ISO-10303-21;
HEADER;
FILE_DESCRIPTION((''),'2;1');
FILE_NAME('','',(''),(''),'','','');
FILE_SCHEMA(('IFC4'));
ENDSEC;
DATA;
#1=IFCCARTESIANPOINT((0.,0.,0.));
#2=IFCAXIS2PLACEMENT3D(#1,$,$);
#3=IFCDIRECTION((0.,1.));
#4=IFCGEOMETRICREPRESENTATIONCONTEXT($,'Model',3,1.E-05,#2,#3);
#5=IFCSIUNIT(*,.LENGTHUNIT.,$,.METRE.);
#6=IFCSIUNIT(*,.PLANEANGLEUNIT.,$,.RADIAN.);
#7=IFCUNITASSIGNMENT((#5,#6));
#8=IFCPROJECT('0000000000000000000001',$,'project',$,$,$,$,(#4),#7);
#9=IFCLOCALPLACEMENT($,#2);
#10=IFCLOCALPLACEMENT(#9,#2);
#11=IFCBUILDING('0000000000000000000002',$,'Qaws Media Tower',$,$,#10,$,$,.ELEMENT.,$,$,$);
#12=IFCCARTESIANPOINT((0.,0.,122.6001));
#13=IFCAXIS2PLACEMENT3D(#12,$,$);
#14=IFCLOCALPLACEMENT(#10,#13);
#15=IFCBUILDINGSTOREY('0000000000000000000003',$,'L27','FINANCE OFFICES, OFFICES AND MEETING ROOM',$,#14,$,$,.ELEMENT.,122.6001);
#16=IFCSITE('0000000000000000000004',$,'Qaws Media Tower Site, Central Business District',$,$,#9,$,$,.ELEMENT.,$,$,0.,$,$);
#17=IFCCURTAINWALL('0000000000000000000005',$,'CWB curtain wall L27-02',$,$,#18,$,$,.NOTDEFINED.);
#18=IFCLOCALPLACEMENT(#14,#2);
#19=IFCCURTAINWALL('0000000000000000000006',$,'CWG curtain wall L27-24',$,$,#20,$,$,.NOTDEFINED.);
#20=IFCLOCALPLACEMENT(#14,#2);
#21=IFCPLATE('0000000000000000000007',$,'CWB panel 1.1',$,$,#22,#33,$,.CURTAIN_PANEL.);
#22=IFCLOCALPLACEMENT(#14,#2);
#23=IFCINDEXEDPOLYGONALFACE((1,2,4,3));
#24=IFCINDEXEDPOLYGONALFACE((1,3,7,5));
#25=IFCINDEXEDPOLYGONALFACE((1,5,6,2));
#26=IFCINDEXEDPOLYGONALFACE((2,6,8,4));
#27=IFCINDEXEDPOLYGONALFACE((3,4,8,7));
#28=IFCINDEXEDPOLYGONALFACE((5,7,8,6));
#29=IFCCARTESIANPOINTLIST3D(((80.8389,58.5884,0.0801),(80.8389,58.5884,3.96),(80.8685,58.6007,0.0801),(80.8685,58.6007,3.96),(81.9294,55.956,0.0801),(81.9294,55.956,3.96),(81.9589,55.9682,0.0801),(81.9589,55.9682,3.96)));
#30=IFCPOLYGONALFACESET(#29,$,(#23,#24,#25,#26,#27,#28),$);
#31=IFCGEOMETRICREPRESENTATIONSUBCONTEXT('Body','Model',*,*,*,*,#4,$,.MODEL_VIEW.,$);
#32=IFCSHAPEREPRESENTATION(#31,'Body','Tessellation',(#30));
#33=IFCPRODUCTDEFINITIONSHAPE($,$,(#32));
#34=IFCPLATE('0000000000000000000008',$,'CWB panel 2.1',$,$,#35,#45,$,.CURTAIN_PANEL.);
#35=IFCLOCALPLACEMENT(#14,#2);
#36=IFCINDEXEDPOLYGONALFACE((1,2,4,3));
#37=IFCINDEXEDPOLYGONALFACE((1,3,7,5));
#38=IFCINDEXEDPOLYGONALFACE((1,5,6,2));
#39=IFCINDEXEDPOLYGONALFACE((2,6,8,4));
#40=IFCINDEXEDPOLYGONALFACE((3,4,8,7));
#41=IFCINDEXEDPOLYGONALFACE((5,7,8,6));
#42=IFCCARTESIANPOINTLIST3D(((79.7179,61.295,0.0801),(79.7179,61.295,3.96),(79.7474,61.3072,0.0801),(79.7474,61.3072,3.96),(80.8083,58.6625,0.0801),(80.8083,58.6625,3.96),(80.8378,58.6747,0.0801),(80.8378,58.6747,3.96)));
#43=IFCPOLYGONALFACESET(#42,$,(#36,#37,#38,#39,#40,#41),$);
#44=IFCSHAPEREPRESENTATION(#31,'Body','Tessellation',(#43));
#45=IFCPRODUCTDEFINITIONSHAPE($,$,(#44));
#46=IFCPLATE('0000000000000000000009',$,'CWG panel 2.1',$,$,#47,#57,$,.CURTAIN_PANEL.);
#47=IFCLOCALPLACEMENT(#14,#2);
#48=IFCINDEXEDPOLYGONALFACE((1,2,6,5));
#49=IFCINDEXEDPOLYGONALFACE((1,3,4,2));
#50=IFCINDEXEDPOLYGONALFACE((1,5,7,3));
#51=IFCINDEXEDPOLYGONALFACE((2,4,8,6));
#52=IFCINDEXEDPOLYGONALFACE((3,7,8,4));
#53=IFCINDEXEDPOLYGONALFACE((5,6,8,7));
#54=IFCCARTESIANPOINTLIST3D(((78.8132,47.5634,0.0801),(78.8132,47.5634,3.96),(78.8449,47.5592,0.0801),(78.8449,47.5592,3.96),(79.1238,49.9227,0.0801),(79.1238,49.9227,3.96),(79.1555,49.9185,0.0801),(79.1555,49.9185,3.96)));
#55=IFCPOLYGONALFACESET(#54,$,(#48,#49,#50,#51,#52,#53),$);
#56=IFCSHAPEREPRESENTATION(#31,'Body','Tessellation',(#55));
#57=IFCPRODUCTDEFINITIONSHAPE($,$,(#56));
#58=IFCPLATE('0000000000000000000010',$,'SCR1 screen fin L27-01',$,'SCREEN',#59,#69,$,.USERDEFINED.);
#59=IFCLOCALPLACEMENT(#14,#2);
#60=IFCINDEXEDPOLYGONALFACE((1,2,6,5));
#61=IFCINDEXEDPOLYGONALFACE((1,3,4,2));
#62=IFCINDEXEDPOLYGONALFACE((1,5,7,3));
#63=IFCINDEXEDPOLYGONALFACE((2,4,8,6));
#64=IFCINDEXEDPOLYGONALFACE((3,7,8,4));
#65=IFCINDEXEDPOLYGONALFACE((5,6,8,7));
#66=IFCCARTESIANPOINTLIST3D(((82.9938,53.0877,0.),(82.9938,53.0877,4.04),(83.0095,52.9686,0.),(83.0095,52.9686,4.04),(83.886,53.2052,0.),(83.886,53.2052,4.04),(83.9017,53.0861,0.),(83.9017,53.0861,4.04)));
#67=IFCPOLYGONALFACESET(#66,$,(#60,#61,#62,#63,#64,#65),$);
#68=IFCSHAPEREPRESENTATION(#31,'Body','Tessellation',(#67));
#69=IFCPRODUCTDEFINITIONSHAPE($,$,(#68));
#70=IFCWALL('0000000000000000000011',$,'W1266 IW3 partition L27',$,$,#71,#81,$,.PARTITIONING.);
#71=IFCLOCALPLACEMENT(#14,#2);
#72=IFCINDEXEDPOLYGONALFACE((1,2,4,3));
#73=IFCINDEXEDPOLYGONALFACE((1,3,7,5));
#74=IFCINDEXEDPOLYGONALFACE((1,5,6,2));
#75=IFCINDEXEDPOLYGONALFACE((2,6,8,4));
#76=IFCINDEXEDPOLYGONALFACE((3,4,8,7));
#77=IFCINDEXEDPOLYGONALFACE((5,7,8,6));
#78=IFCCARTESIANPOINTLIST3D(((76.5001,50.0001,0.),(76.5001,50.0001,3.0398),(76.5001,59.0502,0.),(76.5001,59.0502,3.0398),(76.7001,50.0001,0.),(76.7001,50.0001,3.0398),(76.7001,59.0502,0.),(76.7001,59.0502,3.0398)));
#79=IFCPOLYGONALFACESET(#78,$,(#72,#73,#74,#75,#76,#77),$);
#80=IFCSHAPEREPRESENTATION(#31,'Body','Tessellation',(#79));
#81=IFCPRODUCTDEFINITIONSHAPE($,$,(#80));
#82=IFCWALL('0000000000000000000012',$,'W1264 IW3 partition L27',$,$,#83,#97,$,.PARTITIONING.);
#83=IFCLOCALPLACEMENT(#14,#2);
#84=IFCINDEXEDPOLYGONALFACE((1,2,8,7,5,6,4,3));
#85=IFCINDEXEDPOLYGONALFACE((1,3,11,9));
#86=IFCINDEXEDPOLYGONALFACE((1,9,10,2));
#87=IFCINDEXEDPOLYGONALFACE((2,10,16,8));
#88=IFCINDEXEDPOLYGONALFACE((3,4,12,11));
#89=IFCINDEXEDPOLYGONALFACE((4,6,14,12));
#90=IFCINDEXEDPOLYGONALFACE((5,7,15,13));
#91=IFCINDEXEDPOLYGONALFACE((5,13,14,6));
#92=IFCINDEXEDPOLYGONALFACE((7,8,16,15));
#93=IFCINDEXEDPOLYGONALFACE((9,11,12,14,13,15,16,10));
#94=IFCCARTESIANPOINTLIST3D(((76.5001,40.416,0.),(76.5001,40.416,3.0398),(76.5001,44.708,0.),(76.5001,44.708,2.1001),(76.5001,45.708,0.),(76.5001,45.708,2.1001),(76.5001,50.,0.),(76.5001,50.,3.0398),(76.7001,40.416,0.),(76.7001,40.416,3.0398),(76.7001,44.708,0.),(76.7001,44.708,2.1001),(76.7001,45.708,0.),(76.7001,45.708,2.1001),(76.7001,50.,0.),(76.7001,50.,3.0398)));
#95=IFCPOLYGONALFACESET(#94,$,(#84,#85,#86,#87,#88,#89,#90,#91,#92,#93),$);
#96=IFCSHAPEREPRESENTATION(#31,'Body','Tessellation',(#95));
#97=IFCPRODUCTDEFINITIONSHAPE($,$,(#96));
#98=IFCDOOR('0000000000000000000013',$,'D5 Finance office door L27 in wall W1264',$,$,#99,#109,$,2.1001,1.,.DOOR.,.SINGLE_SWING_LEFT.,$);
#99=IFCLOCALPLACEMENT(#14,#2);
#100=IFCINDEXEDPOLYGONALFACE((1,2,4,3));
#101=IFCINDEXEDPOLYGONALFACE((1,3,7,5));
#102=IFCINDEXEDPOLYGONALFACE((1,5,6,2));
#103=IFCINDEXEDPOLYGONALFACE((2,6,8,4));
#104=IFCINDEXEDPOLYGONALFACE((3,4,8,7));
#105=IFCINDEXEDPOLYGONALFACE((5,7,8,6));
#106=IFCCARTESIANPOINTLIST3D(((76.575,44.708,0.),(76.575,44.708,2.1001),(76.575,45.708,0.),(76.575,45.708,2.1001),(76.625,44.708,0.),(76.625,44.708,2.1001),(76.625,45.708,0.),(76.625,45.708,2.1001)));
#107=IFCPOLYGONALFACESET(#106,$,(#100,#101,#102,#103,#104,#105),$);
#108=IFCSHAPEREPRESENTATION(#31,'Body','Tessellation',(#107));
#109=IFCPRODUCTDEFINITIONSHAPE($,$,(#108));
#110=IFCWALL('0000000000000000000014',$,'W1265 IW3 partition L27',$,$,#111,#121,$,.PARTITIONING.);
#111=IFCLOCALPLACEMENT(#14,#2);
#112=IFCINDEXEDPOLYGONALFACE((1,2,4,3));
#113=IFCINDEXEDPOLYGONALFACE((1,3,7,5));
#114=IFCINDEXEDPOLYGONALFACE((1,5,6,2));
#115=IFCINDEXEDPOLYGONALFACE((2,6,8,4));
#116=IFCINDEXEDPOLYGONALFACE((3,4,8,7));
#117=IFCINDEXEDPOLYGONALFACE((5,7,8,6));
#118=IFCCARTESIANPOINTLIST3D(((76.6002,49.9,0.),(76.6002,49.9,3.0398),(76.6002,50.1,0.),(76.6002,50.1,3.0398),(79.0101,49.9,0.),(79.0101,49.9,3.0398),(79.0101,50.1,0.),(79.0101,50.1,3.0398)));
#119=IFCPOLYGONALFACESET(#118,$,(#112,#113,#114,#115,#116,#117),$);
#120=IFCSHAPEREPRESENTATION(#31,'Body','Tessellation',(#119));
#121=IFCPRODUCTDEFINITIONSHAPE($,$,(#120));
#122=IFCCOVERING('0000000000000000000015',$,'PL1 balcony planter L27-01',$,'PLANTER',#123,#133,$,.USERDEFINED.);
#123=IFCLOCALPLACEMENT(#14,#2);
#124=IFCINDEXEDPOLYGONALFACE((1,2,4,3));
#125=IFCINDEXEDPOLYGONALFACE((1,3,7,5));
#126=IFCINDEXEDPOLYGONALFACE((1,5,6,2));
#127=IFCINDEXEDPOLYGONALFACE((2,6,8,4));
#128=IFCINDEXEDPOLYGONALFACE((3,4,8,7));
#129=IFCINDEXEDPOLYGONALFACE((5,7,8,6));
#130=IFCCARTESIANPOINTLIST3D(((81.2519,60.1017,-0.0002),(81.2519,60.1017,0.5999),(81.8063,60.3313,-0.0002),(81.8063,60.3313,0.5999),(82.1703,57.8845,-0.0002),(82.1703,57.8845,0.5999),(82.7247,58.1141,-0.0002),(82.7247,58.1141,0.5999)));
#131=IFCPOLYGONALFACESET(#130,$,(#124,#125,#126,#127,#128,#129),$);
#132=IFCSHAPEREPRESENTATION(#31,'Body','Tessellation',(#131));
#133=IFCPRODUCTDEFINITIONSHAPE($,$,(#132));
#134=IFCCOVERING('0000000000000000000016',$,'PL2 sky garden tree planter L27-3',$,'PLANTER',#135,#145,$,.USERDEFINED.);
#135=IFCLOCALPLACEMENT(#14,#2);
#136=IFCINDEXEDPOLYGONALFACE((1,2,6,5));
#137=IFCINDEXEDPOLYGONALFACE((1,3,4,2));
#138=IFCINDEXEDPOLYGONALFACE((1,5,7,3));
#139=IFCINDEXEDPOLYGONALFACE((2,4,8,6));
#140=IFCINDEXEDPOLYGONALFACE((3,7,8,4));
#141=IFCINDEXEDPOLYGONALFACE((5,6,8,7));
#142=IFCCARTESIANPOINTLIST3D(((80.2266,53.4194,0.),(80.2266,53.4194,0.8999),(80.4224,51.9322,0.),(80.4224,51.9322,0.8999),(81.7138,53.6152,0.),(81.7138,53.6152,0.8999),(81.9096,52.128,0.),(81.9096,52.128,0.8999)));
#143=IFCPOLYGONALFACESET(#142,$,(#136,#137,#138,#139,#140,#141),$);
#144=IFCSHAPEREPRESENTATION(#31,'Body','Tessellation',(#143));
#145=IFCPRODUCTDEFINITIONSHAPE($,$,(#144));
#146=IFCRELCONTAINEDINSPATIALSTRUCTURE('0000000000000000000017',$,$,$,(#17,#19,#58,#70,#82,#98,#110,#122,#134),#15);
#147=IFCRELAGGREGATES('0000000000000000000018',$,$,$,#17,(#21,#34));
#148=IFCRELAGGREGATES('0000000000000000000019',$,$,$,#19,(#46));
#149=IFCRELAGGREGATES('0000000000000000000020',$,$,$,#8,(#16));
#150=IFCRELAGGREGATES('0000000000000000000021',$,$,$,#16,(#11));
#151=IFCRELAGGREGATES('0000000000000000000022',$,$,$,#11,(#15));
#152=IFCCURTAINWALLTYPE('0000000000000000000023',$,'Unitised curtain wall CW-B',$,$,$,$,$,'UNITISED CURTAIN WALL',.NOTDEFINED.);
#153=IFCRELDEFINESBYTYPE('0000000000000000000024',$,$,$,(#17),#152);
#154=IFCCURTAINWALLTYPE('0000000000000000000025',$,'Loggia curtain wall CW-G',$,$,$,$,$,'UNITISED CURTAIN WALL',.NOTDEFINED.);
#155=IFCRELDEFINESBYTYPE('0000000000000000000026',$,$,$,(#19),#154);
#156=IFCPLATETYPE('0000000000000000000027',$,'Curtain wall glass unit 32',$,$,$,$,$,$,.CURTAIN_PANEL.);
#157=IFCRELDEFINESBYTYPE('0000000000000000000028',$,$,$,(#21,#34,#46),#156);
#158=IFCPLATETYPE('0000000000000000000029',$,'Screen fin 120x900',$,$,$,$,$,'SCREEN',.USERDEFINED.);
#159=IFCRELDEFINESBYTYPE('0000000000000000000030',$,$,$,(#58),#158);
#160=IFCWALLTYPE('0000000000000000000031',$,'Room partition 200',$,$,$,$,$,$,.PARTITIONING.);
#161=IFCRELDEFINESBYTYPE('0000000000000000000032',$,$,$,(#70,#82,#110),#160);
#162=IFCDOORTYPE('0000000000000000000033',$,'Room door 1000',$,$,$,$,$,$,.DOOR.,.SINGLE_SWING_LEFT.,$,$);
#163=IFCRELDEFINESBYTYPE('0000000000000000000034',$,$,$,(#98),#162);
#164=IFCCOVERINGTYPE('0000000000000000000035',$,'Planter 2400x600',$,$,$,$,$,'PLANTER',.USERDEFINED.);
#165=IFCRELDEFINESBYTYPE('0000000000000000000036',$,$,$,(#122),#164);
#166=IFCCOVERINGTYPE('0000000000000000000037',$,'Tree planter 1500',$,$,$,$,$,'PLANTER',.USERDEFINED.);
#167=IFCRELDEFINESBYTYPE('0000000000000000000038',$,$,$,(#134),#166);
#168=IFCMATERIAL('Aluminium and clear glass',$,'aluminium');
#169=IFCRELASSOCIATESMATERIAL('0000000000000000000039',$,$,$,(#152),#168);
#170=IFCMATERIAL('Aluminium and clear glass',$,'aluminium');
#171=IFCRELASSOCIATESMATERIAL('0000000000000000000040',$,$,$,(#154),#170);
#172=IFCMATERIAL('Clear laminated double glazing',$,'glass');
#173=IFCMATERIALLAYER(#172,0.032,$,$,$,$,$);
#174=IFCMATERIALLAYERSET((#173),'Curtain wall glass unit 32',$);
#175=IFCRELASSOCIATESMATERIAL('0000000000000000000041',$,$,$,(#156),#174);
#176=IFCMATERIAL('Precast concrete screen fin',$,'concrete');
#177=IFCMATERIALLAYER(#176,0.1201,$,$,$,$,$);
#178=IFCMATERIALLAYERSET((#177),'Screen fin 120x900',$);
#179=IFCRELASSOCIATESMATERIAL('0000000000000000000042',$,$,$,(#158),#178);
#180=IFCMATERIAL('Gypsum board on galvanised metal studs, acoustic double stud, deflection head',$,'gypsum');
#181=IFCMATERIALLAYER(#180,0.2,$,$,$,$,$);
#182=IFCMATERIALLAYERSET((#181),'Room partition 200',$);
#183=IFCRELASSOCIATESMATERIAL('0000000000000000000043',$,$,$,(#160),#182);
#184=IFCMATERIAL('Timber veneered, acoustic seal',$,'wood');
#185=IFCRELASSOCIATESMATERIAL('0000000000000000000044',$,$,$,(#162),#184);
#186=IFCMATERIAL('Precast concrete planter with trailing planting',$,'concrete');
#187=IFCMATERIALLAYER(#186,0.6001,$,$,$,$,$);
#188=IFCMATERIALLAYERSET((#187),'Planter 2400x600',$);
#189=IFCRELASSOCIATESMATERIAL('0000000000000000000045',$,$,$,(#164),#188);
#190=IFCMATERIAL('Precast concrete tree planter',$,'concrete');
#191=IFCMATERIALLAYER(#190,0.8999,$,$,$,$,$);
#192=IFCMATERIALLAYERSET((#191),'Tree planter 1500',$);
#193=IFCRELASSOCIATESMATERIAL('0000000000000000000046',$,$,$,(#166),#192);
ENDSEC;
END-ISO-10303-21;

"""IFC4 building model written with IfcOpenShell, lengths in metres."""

from ifc_helpers import new_model, si_unit, direction, frame, frame_2d, origin, origin_2d, place, context, subcontext, project, spatial, rectangle, extrude, material, layer, layer_set, type_object, element, fill, aggregate, save


model = new_model("IFC4")

# Units and contexts
model_context = context("Model", 3, precision=1e-05, world=origin(), true_north=direction((0.0, 1.0)))
body_context = subcontext(model_context, "Body", "Model", "MODEL_VIEW")
ifc_project = project(units=[si_unit("LENGTHUNIT", "METRE"), si_unit("PLANEANGLEUNIT", "RADIAN")], contexts=[model_context])

# Site, building, storey
site_placement = place(None, origin())
site = spatial("IfcSite", under=ifc_project, at=site_placement, Name="Qaws Media Tower Site, Central Business District", CompositionType="ELEMENT", RefElevation=0.0)
building_placement = place(site_placement, origin())
building = spatial("IfcBuilding", under=site, at=building_placement, Name="Qaws Media Tower", CompositionType="ELEMENT")
storey_placement = place(building_placement, frame((0.0, 0.0, 122.6001)))
storey = spatial("IfcBuildingStorey", under=building, at=storey_placement, Name="L27", Description="FINANCE OFFICES, OFFICES AND MEETING ROOM", CompositionType="ELEMENT", Elevation=122.6001)

# Curtain wall
ifc_material_1 = material(Name="Aluminium and clear glass", Category="aluminium")
curtain_wall_type_1 = type_object("IfcCurtainWallType", Name="Unitised curtain wall CW-B", ElementType="UNITISED CURTAIN WALL", PredefinedType="NOTDEFINED", material=ifc_material_1)
curtain_wall_1_placement = place(storey_placement, origin())
curtain_wall_1 = element("IfcCurtainWall", 1, at=curtain_wall_1_placement, inside=storey, type_object=curtain_wall_type_1, Name="CWB curtain wall L27-02", PredefinedType="NOTDEFINED")

# Curtain wall
ifc_material_2 = material(Name="Aluminium and clear glass", Category="aluminium")
curtain_wall_type_2 = type_object("IfcCurtainWallType", Name="Loggia curtain wall CW-G", ElementType="UNITISED CURTAIN WALL", PredefinedType="NOTDEFINED", material=ifc_material_2)
curtain_wall_2_placement = place(storey_placement, origin())
curtain_wall_2 = element("IfcCurtainWall", 2, at=curtain_wall_2_placement, inside=storey, type_object=curtain_wall_type_2, Name="CWG curtain wall L27-24", PredefinedType="NOTDEFINED")

# Plates
ifc_material_3 = material(Name="Clear laminated double glazing", Category="glass")
ifc_layer_1 = layer(ifc_material_3, 0.032)
ifc_layer_set_1 = layer_set([ifc_layer_1], Name="Curtain wall glass unit 32")
plate_type_1 = type_object("IfcPlateType", Name="Curtain wall glass unit 32", PredefinedType="CURTAIN_PANEL", material=ifc_layer_set_1)
plate_1_placement = place(storey_placement, frame((81.3989, 57.2783, 0.0801), z_axis=(0.0, 0.0, 1.0), x_axis=(-0.382683, 0.92388, 0.0)))
plate_1 = element("IfcPlate", 3, at=plate_1_placement, type_object=plate_type_1, Name="CWB panel 1.1", PredefinedType="CURTAIN_PANEL", context=body_context, shape_type="SweptSolid", body=[
    extrude(rectangle(XDim=2.8494, YDim=0.032, at=origin_2d()), origin(), (0.0, 0.0, 1.0), 3.8799),
])
plate_2_placement = place(storey_placement, frame((80.2778, 59.9849, 0.0801), z_axis=(0.0, 0.0, 1.0), x_axis=(-0.382683, 0.92388, 0.0)))
plate_2 = element("IfcPlate", 4, at=plate_2_placement, type_object=plate_type_1, Name="CWB panel 2.1", PredefinedType="CURTAIN_PANEL", context=body_context, shape_type="SweptSolid", body=[
    extrude(rectangle(XDim=2.8494, YDim=0.032, at=origin_2d()), origin(), (0.0, 0.0, 1.0), 3.8799),
])
aggregate(curtain_wall_1, [plate_1, plate_2])
plate_3_placement = place(storey_placement, frame((78.9844, 48.741, 0.0801), z_axis=(0.0, 0.0, 1.0), x_axis=(0.130526, 0.991445, 0.0)))
plate_3 = element("IfcPlate", 5, at=plate_3_placement, type_object=plate_type_1, Name="CWG panel 2.1", PredefinedType="CURTAIN_PANEL", context=body_context, shape_type="SweptSolid", body=[
    extrude(rectangle(XDim=2.3796, YDim=0.032, at=origin_2d()), origin(), (0.0, 0.0, 1.0), 3.8799),
])
aggregate(curtain_wall_2, [plate_3])
ifc_material_4 = material(Name="Precast concrete screen fin", Category="concrete")
ifc_layer_2 = layer(ifc_material_4, 0.1201)
ifc_layer_set_2 = layer_set([ifc_layer_2], Name="Screen fin 120x900")
plate_type_2 = type_object("IfcPlateType", Name="Screen fin 120x900", ElementType="SCREEN", PredefinedType="USERDEFINED", material=ifc_layer_set_2)
plate_4_placement = place(storey_placement, frame((83.4478, 53.0869, 0.0), z_axis=(0.0, 0.0, 1.0), x_axis=(0.991445, 0.130526, 0.0)))
element("IfcPlate", 6, at=plate_4_placement, inside=storey, type_object=plate_type_2, Name="SCR1 screen fin L27-01", ObjectType="SCREEN", PredefinedType="USERDEFINED", context=body_context, shape_type="SweptSolid", body=[
    extrude(rectangle(XDim=0.8999, YDim=0.1201, at=origin_2d()), origin(), (0.0, 0.0, 1.0), 4.04),
])

# Wall
ifc_material_5 = material(Name="Gypsum board on galvanised metal studs, acoustic double stud, deflection head", Category="gypsum")
ifc_layer_3 = layer(ifc_material_5, 0.2)
ifc_layer_set_3 = layer_set([ifc_layer_3], Name="Room partition 200")
wall_type_1 = type_object("IfcWallType", Name="Room partition 200", PredefinedType="PARTITIONING", material=ifc_layer_set_3)
wall_1_placement = place(storey_placement, frame((76.6001, 59.05, 0.0), z_axis=(0.0, 0.0, 1.0), x_axis=(0.0, -1.0, 0.0)))
element("IfcWall", 7, at=wall_1_placement, inside=storey, type_object=wall_type_1, Name="W1266 IW3 partition L27", PredefinedType="PARTITIONING", context=body_context, shape_type="SweptSolid", body=[
    extrude(rectangle(XDim=9.05, YDim=0.2, at=frame_2d((4.5249, 0.0))), origin(), (0.0, 0.0, 1.0), 3.0398),
])

# Wall, opening, door
wall_2_placement = place(storey_placement, frame((76.6001, 50.0, 0.0), z_axis=(0.0, 0.0, 1.0), x_axis=(0.0, -1.0, 0.0)))
wall_2 = element("IfcWall", 8, at=wall_2_placement, inside=storey, type_object=wall_type_1, Name="W1264 IW3 partition L27", PredefinedType="PARTITIONING", context=body_context, shape_type="SweptSolid", body=[
    extrude(rectangle(XDim=9.584, YDim=0.2, at=frame_2d((4.792, 0.0))), origin(), (0.0, 0.0, 1.0), 3.0398),
])
opening_1_placement = place(wall_2_placement, frame((4.292, 0.0, 0.0)))
opening_1 = element("IfcOpeningElement", 9, at=opening_1_placement, cuts=wall_2, PredefinedType="OPENING", context=body_context, shape_type="SweptSolid", body=[
    extrude(rectangle(XDim=1.0, YDim=2.1001, at=frame_2d((0.5, 1.05))), frame((0.0, 0.1099, 0.0), z_axis=(0.0, -1.0, 0.0), x_axis=(1.0, 0.0, 0.0)), (0.0, 0.0, 1.0), 0.22),
])
ifc_material_6 = material(Name="Timber veneered, acoustic seal", Category="wood")
door_type_1 = type_object("IfcDoorType", Name="Room door 1000", OperationType="SINGLE_SWING_LEFT", PredefinedType="DOOR", material=ifc_material_6)
door_1_placement = place(opening_1_placement, origin())
door_1 = element("IfcDoor", 10, at=door_1_placement, inside=storey, type_object=door_type_1, Name="D5 Finance office door L27 in wall W1264", OperationType="SINGLE_SWING_LEFT", OverallHeight=2.1001, OverallWidth=1.0, PredefinedType="DOOR", context=body_context, shape_type="SweptSolid", body=[
    extrude(rectangle(XDim=1.0, YDim=2.1001, at=frame_2d((0.5, 1.05))), frame((0.0, 0.0249, 0.0), z_axis=(0.0, -1.0, 0.0), x_axis=(1.0, 0.0, 0.0)), (0.0, 0.0, 1.0), 0.05),
])
fill(opening_1, door_1)

# Wall
wall_3_placement = place(storey_placement, frame((76.6001, 50.0, 0.0), z_axis=(0.0, 0.0, 1.0), x_axis=(1.0, 0.0, 0.0)))
element("IfcWall", 11, at=wall_3_placement, inside=storey, type_object=wall_type_1, Name="W1265 IW3 partition L27", PredefinedType="PARTITIONING", context=body_context, shape_type="SweptSolid", body=[
    extrude(rectangle(XDim=2.4099, YDim=0.2, at=frame_2d((1.2051, 0.0))), origin(), (0.0, 0.0, 1.0), 3.0398),
])

# Coverings
ifc_material_7 = material(Name="Precast concrete planter with trailing planting", Category="concrete")
ifc_layer_4 = layer(ifc_material_7, 0.6001)
ifc_layer_set_4 = layer_set([ifc_layer_4], Name="Planter 2400x600")
covering_type_1 = type_object("IfcCoveringType", Name="Planter 2400x600", ElementType="PLANTER", PredefinedType="USERDEFINED", material=ifc_layer_set_4)
covering_1_placement = place(storey_placement, frame((81.9883, 59.1079, -0.0002), z_axis=(0.0, 0.0, 1.0), x_axis=(-0.382683, 0.92388, 0.0)))
element("IfcCovering", 12, at=covering_1_placement, inside=storey, type_object=covering_type_1, Name="PL1 balcony planter L27-01", ObjectType="PLANTER", PredefinedType="USERDEFINED", context=body_context, shape_type="SweptSolid", body=[
    extrude(rectangle(XDim=2.3999, YDim=0.6001, at=origin_2d()), origin(), (0.0, 0.0, 1.0), 0.6001),
])
ifc_material_8 = material(Name="Precast concrete tree planter", Category="concrete")
ifc_layer_5 = layer(ifc_material_8, 0.8999)
ifc_layer_set_5 = layer_set([ifc_layer_5], Name="Tree planter 1500")
covering_type_2 = type_object("IfcCoveringType", Name="Tree planter 1500", ElementType="PLANTER", PredefinedType="USERDEFINED", material=ifc_layer_set_5)
covering_2_placement = place(storey_placement, frame((81.0681, 52.7737, 0.0), z_axis=(0.0, 0.0, 1.0), x_axis=(0.991445, 0.130526, 0.0)))
element("IfcCovering", 13, at=covering_2_placement, inside=storey, type_object=covering_type_2, Name="PL2 sky garden tree planter L27-3", ObjectType="PLANTER", PredefinedType="USERDEFINED", context=body_context, shape_type="SweptSolid", body=[
    extrude(rectangle(XDim=1.5, YDim=1.5, at=origin_2d()), origin(), (0.0, 0.0, 1.0), 0.8999),
])

save(model, "model.ifc")
